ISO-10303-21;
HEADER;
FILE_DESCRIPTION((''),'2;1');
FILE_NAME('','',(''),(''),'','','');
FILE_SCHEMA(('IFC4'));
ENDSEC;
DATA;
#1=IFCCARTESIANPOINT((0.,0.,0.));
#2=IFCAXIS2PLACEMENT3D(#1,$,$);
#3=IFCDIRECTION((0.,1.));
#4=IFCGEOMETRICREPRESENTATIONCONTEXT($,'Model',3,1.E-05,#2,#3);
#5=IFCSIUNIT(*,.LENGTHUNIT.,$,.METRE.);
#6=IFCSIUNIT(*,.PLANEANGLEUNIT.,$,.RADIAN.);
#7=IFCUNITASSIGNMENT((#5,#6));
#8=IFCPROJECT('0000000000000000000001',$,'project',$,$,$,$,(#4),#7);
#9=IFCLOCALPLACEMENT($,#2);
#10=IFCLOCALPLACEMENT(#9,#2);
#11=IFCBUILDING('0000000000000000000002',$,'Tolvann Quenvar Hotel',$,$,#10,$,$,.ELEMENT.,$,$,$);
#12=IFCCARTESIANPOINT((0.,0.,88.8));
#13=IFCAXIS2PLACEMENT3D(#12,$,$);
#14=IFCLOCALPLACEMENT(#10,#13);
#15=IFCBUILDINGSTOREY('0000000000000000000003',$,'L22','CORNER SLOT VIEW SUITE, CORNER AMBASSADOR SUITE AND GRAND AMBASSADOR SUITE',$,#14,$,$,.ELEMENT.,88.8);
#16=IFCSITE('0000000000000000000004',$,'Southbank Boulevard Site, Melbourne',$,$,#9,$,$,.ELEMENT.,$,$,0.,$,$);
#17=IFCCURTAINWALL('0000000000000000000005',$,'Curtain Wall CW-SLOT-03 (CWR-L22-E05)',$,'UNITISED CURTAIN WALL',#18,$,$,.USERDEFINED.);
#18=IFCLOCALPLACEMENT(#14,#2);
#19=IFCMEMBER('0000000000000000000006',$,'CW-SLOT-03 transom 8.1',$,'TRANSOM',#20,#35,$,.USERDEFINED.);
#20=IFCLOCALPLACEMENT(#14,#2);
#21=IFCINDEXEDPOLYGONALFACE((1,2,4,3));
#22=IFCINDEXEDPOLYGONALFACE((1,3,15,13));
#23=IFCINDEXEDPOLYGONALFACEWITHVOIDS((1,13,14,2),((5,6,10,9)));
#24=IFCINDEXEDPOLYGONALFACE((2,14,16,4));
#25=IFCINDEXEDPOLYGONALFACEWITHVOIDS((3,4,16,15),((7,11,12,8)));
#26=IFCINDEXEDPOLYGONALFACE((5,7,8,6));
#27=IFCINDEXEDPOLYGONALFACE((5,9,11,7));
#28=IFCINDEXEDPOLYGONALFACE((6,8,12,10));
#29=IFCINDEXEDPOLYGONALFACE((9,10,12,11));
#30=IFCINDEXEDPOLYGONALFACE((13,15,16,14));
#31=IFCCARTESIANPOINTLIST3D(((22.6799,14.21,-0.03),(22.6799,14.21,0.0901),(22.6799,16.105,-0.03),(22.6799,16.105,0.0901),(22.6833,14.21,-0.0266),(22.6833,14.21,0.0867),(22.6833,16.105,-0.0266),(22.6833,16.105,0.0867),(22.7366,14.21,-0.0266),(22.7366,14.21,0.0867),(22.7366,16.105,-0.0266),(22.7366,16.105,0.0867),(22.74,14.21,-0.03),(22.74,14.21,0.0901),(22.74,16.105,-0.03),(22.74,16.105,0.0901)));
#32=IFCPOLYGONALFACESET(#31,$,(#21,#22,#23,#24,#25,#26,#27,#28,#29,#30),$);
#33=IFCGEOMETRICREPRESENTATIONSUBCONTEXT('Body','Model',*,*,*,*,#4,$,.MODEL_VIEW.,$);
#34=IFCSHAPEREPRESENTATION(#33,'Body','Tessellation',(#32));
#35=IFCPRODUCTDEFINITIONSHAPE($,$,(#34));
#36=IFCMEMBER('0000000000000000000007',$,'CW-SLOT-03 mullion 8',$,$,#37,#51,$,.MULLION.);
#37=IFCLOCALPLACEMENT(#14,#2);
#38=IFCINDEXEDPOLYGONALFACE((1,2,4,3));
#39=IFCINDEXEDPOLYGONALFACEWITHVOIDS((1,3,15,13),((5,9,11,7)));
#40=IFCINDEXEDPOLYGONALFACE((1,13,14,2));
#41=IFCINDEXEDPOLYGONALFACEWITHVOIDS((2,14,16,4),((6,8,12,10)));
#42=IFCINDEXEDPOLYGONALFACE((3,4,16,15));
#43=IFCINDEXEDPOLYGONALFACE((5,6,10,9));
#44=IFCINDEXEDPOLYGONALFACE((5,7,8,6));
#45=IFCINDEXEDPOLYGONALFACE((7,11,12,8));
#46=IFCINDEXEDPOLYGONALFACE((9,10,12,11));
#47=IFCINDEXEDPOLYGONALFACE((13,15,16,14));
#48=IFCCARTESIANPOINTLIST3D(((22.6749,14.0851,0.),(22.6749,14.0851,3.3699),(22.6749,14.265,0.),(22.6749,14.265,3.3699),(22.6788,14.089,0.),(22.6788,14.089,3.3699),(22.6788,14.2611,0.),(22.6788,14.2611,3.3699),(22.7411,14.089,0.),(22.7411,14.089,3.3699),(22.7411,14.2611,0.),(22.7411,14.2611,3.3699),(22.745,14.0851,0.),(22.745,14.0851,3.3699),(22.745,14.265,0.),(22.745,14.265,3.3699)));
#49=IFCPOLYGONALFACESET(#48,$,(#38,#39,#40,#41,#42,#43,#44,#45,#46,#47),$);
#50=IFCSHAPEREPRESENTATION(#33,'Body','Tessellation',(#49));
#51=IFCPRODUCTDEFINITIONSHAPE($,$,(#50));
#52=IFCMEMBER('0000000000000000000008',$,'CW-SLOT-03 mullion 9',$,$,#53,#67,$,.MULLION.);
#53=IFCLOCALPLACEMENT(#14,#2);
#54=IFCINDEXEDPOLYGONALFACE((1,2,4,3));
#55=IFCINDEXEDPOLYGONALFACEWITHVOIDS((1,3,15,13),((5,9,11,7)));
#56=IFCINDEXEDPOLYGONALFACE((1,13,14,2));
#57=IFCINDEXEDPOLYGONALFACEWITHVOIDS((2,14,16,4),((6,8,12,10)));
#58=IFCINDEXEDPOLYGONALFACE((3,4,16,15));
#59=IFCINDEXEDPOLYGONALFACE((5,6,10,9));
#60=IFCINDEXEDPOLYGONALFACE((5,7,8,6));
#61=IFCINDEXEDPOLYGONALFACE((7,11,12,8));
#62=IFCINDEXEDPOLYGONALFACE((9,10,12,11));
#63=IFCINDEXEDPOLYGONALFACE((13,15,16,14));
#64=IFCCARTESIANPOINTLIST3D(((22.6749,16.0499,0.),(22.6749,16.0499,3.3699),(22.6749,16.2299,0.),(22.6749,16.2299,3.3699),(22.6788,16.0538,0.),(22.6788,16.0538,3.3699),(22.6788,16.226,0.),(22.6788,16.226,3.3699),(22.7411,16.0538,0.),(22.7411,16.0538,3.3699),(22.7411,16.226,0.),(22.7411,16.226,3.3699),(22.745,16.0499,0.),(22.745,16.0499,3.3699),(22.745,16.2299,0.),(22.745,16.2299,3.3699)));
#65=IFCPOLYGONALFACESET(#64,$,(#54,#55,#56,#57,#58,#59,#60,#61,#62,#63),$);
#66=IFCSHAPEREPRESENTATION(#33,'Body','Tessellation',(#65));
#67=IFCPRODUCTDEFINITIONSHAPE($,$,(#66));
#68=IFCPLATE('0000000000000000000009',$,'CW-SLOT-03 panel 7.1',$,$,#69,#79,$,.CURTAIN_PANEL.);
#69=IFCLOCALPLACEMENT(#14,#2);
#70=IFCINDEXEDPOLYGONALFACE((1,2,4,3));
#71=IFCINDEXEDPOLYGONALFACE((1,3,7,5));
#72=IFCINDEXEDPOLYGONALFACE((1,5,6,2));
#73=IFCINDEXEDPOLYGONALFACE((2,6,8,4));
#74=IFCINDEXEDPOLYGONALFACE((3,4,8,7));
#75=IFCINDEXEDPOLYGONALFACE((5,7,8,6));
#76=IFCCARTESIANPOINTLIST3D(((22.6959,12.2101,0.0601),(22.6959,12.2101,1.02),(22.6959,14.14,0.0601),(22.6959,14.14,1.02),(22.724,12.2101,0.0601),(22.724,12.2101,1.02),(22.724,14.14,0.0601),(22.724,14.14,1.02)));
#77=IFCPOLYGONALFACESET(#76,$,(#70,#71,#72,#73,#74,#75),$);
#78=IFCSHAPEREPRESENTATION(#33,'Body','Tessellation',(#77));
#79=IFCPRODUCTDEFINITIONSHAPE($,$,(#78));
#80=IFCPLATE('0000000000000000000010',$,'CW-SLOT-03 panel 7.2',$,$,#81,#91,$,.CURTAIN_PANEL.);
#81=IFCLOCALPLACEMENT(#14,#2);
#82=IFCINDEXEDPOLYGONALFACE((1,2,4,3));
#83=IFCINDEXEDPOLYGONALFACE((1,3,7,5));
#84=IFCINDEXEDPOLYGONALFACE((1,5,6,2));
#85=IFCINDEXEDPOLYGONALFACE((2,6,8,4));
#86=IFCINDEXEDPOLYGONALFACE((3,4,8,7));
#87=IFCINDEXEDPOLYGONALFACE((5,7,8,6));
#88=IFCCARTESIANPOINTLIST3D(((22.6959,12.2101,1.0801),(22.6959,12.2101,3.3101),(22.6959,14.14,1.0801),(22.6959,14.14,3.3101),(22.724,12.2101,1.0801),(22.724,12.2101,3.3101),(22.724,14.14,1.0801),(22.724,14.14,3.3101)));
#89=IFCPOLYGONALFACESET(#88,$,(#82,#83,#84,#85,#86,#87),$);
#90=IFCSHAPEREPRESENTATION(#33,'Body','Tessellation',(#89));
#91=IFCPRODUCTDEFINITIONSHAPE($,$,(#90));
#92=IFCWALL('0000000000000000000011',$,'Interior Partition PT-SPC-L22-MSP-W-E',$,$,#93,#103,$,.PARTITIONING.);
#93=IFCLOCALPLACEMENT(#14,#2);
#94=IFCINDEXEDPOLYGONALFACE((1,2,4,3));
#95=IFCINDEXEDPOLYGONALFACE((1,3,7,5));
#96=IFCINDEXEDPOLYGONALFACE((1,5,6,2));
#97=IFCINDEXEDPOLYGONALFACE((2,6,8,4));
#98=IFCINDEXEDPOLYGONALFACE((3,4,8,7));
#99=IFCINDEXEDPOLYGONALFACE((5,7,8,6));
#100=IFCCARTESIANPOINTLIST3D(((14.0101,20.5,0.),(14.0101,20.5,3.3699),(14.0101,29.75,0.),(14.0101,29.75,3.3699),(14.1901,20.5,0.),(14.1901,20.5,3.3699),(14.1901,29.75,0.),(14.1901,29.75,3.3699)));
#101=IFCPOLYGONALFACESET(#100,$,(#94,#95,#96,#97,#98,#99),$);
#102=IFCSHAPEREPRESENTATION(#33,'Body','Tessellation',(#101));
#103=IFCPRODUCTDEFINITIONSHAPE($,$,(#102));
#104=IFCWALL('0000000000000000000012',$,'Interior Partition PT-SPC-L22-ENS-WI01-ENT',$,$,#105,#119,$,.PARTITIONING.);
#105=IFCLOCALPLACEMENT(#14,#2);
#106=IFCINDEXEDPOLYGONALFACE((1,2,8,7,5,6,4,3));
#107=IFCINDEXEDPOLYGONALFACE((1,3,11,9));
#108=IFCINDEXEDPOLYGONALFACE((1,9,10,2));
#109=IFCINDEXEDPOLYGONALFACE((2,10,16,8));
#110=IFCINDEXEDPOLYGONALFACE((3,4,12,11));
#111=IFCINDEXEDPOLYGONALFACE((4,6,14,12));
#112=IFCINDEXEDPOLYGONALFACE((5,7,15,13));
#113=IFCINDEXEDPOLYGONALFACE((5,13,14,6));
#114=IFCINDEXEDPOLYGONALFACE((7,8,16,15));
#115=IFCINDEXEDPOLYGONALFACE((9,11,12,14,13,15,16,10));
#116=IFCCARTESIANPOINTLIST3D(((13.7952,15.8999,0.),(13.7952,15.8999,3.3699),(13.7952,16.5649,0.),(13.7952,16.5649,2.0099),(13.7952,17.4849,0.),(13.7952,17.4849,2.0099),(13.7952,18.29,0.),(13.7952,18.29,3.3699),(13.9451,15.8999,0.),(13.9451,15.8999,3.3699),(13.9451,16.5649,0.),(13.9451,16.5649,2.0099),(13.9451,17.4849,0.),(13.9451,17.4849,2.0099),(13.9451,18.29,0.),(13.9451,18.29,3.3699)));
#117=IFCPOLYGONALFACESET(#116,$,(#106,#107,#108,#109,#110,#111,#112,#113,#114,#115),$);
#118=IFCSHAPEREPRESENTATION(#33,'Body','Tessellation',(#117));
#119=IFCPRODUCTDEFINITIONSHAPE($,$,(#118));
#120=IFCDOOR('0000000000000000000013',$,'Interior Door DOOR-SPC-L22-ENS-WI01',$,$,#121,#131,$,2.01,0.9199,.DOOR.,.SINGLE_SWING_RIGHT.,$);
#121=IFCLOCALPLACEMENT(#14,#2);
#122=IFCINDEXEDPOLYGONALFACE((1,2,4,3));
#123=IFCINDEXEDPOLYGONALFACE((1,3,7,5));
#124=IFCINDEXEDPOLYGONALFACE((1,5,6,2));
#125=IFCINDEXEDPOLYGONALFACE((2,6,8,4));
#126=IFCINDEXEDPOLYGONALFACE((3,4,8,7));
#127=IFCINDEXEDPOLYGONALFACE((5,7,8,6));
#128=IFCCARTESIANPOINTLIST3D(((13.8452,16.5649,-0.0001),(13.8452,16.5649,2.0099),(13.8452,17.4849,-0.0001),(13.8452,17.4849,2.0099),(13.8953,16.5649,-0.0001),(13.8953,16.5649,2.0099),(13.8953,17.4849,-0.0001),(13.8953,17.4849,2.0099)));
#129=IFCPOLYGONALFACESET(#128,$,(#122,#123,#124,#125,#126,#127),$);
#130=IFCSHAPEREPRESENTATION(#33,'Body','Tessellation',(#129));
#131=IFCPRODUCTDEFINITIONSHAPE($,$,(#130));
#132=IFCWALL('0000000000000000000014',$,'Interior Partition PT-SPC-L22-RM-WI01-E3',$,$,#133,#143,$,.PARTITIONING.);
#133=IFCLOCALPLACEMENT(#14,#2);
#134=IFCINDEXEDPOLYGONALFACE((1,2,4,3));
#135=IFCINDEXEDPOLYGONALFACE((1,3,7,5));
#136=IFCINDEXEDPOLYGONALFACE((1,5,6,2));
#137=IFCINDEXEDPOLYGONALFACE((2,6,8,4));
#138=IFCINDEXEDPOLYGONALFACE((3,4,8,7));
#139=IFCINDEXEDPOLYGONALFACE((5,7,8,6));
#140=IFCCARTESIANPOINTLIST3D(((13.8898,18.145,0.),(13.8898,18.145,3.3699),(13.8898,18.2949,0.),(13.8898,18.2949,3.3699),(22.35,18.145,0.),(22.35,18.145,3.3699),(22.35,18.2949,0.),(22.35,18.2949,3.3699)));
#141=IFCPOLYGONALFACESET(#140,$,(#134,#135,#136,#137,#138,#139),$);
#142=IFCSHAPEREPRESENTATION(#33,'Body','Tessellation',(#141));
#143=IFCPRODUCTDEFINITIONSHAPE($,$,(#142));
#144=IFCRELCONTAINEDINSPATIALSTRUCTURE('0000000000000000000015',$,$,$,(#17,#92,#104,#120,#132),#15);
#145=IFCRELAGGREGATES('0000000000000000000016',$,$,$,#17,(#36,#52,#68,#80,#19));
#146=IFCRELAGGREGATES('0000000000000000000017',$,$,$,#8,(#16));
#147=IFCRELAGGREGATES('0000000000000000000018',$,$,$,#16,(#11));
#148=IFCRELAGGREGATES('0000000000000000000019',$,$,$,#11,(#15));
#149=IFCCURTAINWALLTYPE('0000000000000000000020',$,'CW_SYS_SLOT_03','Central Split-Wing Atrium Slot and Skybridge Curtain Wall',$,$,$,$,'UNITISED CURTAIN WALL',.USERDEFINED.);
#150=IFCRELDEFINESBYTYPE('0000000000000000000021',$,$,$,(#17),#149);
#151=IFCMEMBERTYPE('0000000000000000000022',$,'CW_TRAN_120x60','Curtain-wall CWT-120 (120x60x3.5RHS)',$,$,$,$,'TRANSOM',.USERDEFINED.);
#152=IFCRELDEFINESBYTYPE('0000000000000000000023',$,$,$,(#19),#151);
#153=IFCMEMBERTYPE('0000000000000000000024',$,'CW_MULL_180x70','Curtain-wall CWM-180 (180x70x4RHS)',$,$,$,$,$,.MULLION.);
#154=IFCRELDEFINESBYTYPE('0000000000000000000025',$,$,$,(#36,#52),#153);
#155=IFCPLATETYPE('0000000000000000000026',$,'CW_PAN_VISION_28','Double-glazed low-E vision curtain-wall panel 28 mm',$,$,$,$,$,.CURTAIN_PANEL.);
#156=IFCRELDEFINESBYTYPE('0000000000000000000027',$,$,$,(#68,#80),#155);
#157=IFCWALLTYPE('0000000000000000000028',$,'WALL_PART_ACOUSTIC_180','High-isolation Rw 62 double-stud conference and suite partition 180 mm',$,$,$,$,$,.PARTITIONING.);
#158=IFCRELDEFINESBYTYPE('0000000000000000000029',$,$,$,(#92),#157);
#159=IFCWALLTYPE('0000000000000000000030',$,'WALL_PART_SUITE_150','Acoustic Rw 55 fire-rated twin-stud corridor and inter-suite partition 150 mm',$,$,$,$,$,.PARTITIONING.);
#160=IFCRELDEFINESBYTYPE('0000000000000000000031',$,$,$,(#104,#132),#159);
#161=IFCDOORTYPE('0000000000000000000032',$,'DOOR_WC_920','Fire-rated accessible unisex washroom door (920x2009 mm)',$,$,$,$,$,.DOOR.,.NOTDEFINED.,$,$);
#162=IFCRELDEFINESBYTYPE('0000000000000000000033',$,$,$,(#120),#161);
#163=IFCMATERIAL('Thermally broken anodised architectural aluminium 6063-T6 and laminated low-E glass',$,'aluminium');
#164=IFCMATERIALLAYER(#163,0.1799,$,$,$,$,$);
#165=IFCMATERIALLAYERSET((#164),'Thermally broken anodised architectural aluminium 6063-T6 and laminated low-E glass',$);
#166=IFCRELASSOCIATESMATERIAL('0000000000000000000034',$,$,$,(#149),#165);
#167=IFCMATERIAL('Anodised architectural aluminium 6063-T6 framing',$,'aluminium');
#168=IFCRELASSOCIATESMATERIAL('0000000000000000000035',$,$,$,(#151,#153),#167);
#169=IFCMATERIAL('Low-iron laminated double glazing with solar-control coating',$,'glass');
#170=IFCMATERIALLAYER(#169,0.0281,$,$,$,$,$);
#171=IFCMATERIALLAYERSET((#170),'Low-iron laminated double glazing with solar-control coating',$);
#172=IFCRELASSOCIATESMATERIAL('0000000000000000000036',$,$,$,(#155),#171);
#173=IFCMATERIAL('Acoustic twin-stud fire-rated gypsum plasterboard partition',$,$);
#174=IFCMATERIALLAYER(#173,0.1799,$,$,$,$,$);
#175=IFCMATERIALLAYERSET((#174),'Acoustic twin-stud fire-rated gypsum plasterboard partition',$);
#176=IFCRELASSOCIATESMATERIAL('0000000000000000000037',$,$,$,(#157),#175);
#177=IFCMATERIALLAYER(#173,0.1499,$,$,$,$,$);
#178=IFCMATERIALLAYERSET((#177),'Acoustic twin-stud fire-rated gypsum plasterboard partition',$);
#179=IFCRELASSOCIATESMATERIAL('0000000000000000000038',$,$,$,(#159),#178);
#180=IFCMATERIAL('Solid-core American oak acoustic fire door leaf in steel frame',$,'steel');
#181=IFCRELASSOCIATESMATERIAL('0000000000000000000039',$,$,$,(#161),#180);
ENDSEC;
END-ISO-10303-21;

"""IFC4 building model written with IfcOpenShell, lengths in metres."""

from ifc_helpers import new_model, si_unit, direction, frame, frame_2d, origin, origin_2d, place, context, subcontext, project, spatial, rectangle, hollow_rectangle, extrude, source, transform, mapped, material, layer, layer_set, material_profile, profile_set, type_object, type_shapes, element, fill, aggregate, save


model = new_model("IFC4")

# Units and contexts
model_context = context("Model", 3, precision=1e-05, world=origin(), true_north=direction((0.0, 1.0)))
body_context = subcontext(model_context, "Body", "Model", "MODEL_VIEW")
ifc_project = project(units=[si_unit("LENGTHUNIT", "METRE"), si_unit("PLANEANGLEUNIT", "RADIAN")], contexts=[model_context])

# Site, building, storey
site_placement = place(None, origin())
site = spatial("IfcSite", under=ifc_project, at=site_placement, Name="Southbank Boulevard Site, Melbourne", CompositionType="ELEMENT", RefElevation=0.0)
building_placement = place(site_placement, origin())
building = spatial("IfcBuilding", under=site, at=building_placement, Name="Tolvann Quenvar Hotel", CompositionType="ELEMENT")
storey_placement = place(building_placement, frame((0.0, 0.0, 88.8)))
storey = spatial("IfcBuildingStorey", under=building, at=storey_placement, Name="L22", Description="CORNER SLOT VIEW SUITE, CORNER AMBASSADOR SUITE AND GRAND AMBASSADOR SUITE", CompositionType="ELEMENT", Elevation=88.8)

# Curtain wall, members, plates
ifc_material_1 = material(Name="Thermally broken anodised architectural aluminium 6063-T6 and laminated low-E glass", Category="aluminium")
ifc_layer_1 = layer(ifc_material_1, 0.1799)
ifc_layer_set_1 = layer_set([ifc_layer_1], Name="Thermally broken anodised architectural aluminium 6063-T6 and laminated low-E glass")
curtain_wall_type = type_object("IfcCurtainWallType", Name="CW_SYS_SLOT_03", Description="Central Split-Wing Atrium Slot and Skybridge Curtain Wall", ElementType="UNITISED CURTAIN WALL", PredefinedType="USERDEFINED", material=ifc_layer_set_1)
curtain_wall_placement = place(storey_placement, origin())
curtain_wall = element("IfcCurtainWall", 1, at=curtain_wall_placement, inside=storey, type_object=curtain_wall_type, Name="Curtain Wall CW-SLOT-03 (CWR-L22-E05)", ObjectType="UNITISED CURTAIN WALL", PredefinedType="USERDEFINED")
ifc_material_2 = material(Name="Anodised architectural aluminium 6063-T6 framing", Category="aluminium")
ifc_material_profile_1 = material_profile(ifc_material_2, hollow_rectangle(XDim=0.0601, YDim=0.1201, WallThickness=0.0034, at=origin_2d()), Name="120x60x3.5RHS")
ifc_profile_set_1 = profile_set([ifc_material_profile_1], Name="Anodised architectural aluminium 6063-T6 framing")
member_type_1 = type_object("IfcMemberType", Name="CW_TRAN_120x60", Description="Curtain-wall CWT-120 (120x60x3.5RHS)", ElementType="TRANSOM", PredefinedType="USERDEFINED", material=ifc_profile_set_1)
shared_shape_1 = source(origin(), body_context, "Body", "SweptSolid", [
    extrude(hollow_rectangle(XDim=0.0601, YDim=0.1201, WallThickness=0.0034, at=origin_2d()), origin(), (0.0, 0.0, 1.0), 1.895),
])
member_1_placement = place(storey_placement, frame((22.71, 14.21, 0.03), z_axis=(0.0, 1.0, 0.0), x_axis=(-1.0, 0.0, 0.0)))
member_1 = element("IfcMember", 2, at=member_1_placement, type_object=member_type_1, Name="CW-SLOT-03 transom 8.1", ObjectType="TRANSOM", PredefinedType="USERDEFINED", context=body_context, shape_type="MappedRepresentation", body=[
    mapped(shared_shape_1, transform((0.0, 0.0, 0.0), x_axis=(1.0, 0.0, 0.0), y_axis=(0.0, 1.0, 0.0), z_axis=(0.0, 0.0, 1.0), scale=1.0)),
])
ifc_material_profile_2 = material_profile(ifc_material_2, hollow_rectangle(XDim=0.0701, YDim=0.1799, WallThickness=0.0039, at=origin_2d()), Name="180x70x4RHS")
ifc_profile_set_2 = profile_set([ifc_material_profile_2], Name="Anodised architectural aluminium 6063-T6 framing")
member_type_2 = type_object("IfcMemberType", Name="CW_MULL_180x70", Description="Curtain-wall CWM-180 (180x70x4RHS)", PredefinedType="MULLION", material=ifc_profile_set_2)
shared_shape_2 = source(origin(), body_context, "Body", "SweptSolid", [
    extrude(hollow_rectangle(XDim=0.0701, YDim=0.1799, WallThickness=0.0039, at=origin_2d()), origin(), (0.0, 0.0, 1.0), 3.3699),
])
type_shapes(member_type_2, [shared_shape_2])
member_2_placement = place(storey_placement, frame((22.71, 14.175, 0.0), z_axis=(0.0, 0.0, 1.0), x_axis=(-1.0, 0.0, 0.0)))
member_2 = element("IfcMember", 3, at=member_2_placement, type_object=member_type_2, Name="CW-SLOT-03 mullion 8", PredefinedType="MULLION", context=body_context, shape_type="MappedRepresentation", body=[
    mapped(shared_shape_2, transform((0.0, 0.0, 0.0), x_axis=(1.0, 0.0, 0.0), y_axis=(0.0, 1.0, 0.0), z_axis=(0.0, 0.0, 1.0), scale=1.0)),
])
member_3_placement = place(storey_placement, frame((22.71, 16.1399, 0.0), z_axis=(0.0, 0.0, 1.0), x_axis=(-1.0, 0.0, 0.0)))
member_3 = element("IfcMember", 4, at=member_3_placement, type_object=member_type_2, Name="CW-SLOT-03 mullion 9", PredefinedType="MULLION", context=body_context, shape_type="MappedRepresentation", body=[
    mapped(shared_shape_2, transform((0.0, 0.0, 0.0), x_axis=(1.0, 0.0, 0.0), y_axis=(0.0, 1.0, 0.0), z_axis=(0.0, 0.0, 1.0), scale=1.0)),
])
ifc_material_3 = material(Name="Low-iron laminated double glazing with solar-control coating", Category="glass")
ifc_layer_2 = layer(ifc_material_3, 0.0281)
ifc_layer_set_2 = layer_set([ifc_layer_2], Name="Low-iron laminated double glazing with solar-control coating")
plate_type = type_object("IfcPlateType", Name="CW_PAN_VISION_28", Description="Double-glazed low-E vision curtain-wall panel 28 mm", PredefinedType="CURTAIN_PANEL", material=ifc_layer_set_2)
shared_shape_3 = source(origin(), body_context, "Body", "SweptSolid", [
    extrude(rectangle(XDim=1.9299, YDim=0.0281, at=origin_2d()), origin(), (0.0, 0.0, 1.0), 0.96),
])
plate_1_placement = place(storey_placement, frame((22.71, 13.175, 0.0601), z_axis=(0.0, 0.0, 1.0), x_axis=(0.0, 1.0, 0.0)))
plate_1 = element("IfcPlate", 5, at=plate_1_placement, type_object=plate_type, Name="CW-SLOT-03 panel 7.1", PredefinedType="CURTAIN_PANEL", context=body_context, shape_type="MappedRepresentation", body=[
    mapped(shared_shape_3, transform((0.0, 0.0, 0.0), x_axis=(1.0, 0.0, 0.0), y_axis=(0.0, 1.0, 0.0), z_axis=(0.0, 0.0, 1.0), scale=1.0)),
])
shared_shape_4 = source(origin(), body_context, "Body", "SweptSolid", [
    extrude(rectangle(XDim=1.9299, YDim=0.0281, at=origin_2d()), origin(), (0.0, 0.0, 1.0), 2.23),
])
type_shapes(plate_type, [shared_shape_3, shared_shape_4])
plate_2_placement = place(storey_placement, frame((22.71, 13.175, 1.0801), z_axis=(0.0, 0.0, 1.0), x_axis=(0.0, 1.0, 0.0)))
plate_2 = element("IfcPlate", 6, at=plate_2_placement, type_object=plate_type, Name="CW-SLOT-03 panel 7.2", PredefinedType="CURTAIN_PANEL", context=body_context, shape_type="MappedRepresentation", body=[
    mapped(shared_shape_4, transform((0.0, 0.0, 0.0), x_axis=(1.0, 0.0, 0.0), y_axis=(0.0, 1.0, 0.0), z_axis=(0.0, 0.0, 1.0), scale=1.0)),
])
aggregate(curtain_wall, [member_2, member_3, plate_1, plate_2, member_1])

# Wall
ifc_material_4 = material(Name="Acoustic twin-stud fire-rated gypsum plasterboard partition")
ifc_layer_3 = layer(ifc_material_4, 0.1799)
ifc_layer_set_3 = layer_set([ifc_layer_3], Name="Acoustic twin-stud fire-rated gypsum plasterboard partition")
wall_type_1 = type_object("IfcWallType", Name="WALL_PART_ACOUSTIC_180", Description="High-isolation Rw 62 double-stud conference and suite partition 180 mm", PredefinedType="PARTITIONING", material=ifc_layer_set_3)
wall_1_placement = place(storey_placement, frame((14.1001, 20.5, 0.0), z_axis=(0.0, 0.0, 1.0), x_axis=(0.0, 1.0, 0.0)))
element("IfcWall", 7, at=wall_1_placement, inside=storey, type_object=wall_type_1, Name="Interior Partition PT-SPC-L22-MSP-W-E", PredefinedType="PARTITIONING", context=body_context, shape_type="SweptSolid", body=[
    extrude(rectangle(XDim=9.25, YDim=0.1799, at=frame_2d((4.625, 0.0))), origin(), (0.0, 0.0, 1.0), 3.3699),
])

# Wall, opening, door
ifc_layer_4 = layer(ifc_material_4, 0.1499)
ifc_layer_set_4 = layer_set([ifc_layer_4], Name="Acoustic twin-stud fire-rated gypsum plasterboard partition")
wall_type_2 = type_object("IfcWallType", Name="WALL_PART_SUITE_150", Description="Acoustic Rw 55 fire-rated twin-stud corridor and inter-suite partition 150 mm", PredefinedType="PARTITIONING", material=ifc_layer_set_4)
wall_2_placement = place(storey_placement, frame((13.8701, 15.8999, 0.0), z_axis=(0.0, 0.0, 1.0), x_axis=(0.0, 1.0, 0.0)))
wall_2 = element("IfcWall", 8, at=wall_2_placement, inside=storey, type_object=wall_type_2, Name="Interior Partition PT-SPC-L22-ENS-WI01-ENT", PredefinedType="PARTITIONING", context=body_context, shape_type="SweptSolid", body=[
    extrude(rectangle(XDim=2.3901, YDim=0.1499, at=frame_2d((1.1951, 0.0))), origin(), (0.0, 0.0, 1.0), 3.3699),
])
opening_1_placement = place(wall_2_placement, frame((0.665, 0.0, 0.0)))
opening_1 = element("IfcOpeningElement", 9, at=opening_1_placement, cuts=wall_2, PredefinedType="OPENING", context=body_context, shape_type="SweptSolid", body=[
    extrude(rectangle(XDim=0.9199, YDim=2.01, at=frame_2d((0.46, 1.0049))), frame((0.0, 0.085, 0.0), z_axis=(0.0, -1.0, 0.0), x_axis=(1.0, 0.0, 0.0)), (0.0, 0.0, 1.0), 0.1699),
])
ifc_material_5 = material(Name="Solid-core American oak acoustic fire door leaf in steel frame", Category="steel")
door_type_1 = type_object("IfcDoorType", Name="DOOR_WC_920", Description="Fire-rated accessible unisex washroom door (920x2009 mm)", OperationType="NOTDEFINED", PredefinedType="DOOR", material=ifc_material_5)
shared_shape_5 = source(origin(), body_context, "Body", "SweptSolid", [
    extrude(rectangle(XDim=0.9199, YDim=2.01, at=frame_2d((0.46, 1.0049))), frame((0.0, 0.0249, 0.0), z_axis=(0.0, -1.0, 0.0), x_axis=(1.0, 0.0, 0.0)), (0.0, 0.0, 1.0), 0.05),
])
type_shapes(door_type_1, [shared_shape_5])
door_1_placement = place(opening_1_placement, origin())
door_1 = element("IfcDoor", 10, at=door_1_placement, inside=storey, type_object=door_type_1, Name="Interior Door DOOR-SPC-L22-ENS-WI01", OperationType="SINGLE_SWING_RIGHT", OverallHeight=2.01, OverallWidth=0.9199, PredefinedType="DOOR", context=body_context, shape_type="MappedRepresentation", body=[
    mapped(shared_shape_5, transform((0.0, 0.0, 0.0), x_axis=(1.0, 0.0, 0.0), y_axis=(0.0, 1.0, 0.0), z_axis=(0.0, 0.0, 1.0), scale=1.0)),
])
fill(opening_1, door_1)

# Wall
wall_3_placement = place(storey_placement, frame((13.8899, 18.22, 0.0), z_axis=(0.0, 0.0, 1.0), x_axis=(1.0, 0.0, 0.0)))
element("IfcWall", 11, at=wall_3_placement, inside=storey, type_object=wall_type_2, Name="Interior Partition PT-SPC-L22-RM-WI01-E3", PredefinedType="PARTITIONING", context=body_context, shape_type="SweptSolid", body=[
    extrude(rectangle(XDim=8.4602, YDim=0.1499, at=frame_2d((4.23, 0.0))), origin(), (0.0, 0.0, 1.0), 3.3699),
])

save(model, "model.ifc")
